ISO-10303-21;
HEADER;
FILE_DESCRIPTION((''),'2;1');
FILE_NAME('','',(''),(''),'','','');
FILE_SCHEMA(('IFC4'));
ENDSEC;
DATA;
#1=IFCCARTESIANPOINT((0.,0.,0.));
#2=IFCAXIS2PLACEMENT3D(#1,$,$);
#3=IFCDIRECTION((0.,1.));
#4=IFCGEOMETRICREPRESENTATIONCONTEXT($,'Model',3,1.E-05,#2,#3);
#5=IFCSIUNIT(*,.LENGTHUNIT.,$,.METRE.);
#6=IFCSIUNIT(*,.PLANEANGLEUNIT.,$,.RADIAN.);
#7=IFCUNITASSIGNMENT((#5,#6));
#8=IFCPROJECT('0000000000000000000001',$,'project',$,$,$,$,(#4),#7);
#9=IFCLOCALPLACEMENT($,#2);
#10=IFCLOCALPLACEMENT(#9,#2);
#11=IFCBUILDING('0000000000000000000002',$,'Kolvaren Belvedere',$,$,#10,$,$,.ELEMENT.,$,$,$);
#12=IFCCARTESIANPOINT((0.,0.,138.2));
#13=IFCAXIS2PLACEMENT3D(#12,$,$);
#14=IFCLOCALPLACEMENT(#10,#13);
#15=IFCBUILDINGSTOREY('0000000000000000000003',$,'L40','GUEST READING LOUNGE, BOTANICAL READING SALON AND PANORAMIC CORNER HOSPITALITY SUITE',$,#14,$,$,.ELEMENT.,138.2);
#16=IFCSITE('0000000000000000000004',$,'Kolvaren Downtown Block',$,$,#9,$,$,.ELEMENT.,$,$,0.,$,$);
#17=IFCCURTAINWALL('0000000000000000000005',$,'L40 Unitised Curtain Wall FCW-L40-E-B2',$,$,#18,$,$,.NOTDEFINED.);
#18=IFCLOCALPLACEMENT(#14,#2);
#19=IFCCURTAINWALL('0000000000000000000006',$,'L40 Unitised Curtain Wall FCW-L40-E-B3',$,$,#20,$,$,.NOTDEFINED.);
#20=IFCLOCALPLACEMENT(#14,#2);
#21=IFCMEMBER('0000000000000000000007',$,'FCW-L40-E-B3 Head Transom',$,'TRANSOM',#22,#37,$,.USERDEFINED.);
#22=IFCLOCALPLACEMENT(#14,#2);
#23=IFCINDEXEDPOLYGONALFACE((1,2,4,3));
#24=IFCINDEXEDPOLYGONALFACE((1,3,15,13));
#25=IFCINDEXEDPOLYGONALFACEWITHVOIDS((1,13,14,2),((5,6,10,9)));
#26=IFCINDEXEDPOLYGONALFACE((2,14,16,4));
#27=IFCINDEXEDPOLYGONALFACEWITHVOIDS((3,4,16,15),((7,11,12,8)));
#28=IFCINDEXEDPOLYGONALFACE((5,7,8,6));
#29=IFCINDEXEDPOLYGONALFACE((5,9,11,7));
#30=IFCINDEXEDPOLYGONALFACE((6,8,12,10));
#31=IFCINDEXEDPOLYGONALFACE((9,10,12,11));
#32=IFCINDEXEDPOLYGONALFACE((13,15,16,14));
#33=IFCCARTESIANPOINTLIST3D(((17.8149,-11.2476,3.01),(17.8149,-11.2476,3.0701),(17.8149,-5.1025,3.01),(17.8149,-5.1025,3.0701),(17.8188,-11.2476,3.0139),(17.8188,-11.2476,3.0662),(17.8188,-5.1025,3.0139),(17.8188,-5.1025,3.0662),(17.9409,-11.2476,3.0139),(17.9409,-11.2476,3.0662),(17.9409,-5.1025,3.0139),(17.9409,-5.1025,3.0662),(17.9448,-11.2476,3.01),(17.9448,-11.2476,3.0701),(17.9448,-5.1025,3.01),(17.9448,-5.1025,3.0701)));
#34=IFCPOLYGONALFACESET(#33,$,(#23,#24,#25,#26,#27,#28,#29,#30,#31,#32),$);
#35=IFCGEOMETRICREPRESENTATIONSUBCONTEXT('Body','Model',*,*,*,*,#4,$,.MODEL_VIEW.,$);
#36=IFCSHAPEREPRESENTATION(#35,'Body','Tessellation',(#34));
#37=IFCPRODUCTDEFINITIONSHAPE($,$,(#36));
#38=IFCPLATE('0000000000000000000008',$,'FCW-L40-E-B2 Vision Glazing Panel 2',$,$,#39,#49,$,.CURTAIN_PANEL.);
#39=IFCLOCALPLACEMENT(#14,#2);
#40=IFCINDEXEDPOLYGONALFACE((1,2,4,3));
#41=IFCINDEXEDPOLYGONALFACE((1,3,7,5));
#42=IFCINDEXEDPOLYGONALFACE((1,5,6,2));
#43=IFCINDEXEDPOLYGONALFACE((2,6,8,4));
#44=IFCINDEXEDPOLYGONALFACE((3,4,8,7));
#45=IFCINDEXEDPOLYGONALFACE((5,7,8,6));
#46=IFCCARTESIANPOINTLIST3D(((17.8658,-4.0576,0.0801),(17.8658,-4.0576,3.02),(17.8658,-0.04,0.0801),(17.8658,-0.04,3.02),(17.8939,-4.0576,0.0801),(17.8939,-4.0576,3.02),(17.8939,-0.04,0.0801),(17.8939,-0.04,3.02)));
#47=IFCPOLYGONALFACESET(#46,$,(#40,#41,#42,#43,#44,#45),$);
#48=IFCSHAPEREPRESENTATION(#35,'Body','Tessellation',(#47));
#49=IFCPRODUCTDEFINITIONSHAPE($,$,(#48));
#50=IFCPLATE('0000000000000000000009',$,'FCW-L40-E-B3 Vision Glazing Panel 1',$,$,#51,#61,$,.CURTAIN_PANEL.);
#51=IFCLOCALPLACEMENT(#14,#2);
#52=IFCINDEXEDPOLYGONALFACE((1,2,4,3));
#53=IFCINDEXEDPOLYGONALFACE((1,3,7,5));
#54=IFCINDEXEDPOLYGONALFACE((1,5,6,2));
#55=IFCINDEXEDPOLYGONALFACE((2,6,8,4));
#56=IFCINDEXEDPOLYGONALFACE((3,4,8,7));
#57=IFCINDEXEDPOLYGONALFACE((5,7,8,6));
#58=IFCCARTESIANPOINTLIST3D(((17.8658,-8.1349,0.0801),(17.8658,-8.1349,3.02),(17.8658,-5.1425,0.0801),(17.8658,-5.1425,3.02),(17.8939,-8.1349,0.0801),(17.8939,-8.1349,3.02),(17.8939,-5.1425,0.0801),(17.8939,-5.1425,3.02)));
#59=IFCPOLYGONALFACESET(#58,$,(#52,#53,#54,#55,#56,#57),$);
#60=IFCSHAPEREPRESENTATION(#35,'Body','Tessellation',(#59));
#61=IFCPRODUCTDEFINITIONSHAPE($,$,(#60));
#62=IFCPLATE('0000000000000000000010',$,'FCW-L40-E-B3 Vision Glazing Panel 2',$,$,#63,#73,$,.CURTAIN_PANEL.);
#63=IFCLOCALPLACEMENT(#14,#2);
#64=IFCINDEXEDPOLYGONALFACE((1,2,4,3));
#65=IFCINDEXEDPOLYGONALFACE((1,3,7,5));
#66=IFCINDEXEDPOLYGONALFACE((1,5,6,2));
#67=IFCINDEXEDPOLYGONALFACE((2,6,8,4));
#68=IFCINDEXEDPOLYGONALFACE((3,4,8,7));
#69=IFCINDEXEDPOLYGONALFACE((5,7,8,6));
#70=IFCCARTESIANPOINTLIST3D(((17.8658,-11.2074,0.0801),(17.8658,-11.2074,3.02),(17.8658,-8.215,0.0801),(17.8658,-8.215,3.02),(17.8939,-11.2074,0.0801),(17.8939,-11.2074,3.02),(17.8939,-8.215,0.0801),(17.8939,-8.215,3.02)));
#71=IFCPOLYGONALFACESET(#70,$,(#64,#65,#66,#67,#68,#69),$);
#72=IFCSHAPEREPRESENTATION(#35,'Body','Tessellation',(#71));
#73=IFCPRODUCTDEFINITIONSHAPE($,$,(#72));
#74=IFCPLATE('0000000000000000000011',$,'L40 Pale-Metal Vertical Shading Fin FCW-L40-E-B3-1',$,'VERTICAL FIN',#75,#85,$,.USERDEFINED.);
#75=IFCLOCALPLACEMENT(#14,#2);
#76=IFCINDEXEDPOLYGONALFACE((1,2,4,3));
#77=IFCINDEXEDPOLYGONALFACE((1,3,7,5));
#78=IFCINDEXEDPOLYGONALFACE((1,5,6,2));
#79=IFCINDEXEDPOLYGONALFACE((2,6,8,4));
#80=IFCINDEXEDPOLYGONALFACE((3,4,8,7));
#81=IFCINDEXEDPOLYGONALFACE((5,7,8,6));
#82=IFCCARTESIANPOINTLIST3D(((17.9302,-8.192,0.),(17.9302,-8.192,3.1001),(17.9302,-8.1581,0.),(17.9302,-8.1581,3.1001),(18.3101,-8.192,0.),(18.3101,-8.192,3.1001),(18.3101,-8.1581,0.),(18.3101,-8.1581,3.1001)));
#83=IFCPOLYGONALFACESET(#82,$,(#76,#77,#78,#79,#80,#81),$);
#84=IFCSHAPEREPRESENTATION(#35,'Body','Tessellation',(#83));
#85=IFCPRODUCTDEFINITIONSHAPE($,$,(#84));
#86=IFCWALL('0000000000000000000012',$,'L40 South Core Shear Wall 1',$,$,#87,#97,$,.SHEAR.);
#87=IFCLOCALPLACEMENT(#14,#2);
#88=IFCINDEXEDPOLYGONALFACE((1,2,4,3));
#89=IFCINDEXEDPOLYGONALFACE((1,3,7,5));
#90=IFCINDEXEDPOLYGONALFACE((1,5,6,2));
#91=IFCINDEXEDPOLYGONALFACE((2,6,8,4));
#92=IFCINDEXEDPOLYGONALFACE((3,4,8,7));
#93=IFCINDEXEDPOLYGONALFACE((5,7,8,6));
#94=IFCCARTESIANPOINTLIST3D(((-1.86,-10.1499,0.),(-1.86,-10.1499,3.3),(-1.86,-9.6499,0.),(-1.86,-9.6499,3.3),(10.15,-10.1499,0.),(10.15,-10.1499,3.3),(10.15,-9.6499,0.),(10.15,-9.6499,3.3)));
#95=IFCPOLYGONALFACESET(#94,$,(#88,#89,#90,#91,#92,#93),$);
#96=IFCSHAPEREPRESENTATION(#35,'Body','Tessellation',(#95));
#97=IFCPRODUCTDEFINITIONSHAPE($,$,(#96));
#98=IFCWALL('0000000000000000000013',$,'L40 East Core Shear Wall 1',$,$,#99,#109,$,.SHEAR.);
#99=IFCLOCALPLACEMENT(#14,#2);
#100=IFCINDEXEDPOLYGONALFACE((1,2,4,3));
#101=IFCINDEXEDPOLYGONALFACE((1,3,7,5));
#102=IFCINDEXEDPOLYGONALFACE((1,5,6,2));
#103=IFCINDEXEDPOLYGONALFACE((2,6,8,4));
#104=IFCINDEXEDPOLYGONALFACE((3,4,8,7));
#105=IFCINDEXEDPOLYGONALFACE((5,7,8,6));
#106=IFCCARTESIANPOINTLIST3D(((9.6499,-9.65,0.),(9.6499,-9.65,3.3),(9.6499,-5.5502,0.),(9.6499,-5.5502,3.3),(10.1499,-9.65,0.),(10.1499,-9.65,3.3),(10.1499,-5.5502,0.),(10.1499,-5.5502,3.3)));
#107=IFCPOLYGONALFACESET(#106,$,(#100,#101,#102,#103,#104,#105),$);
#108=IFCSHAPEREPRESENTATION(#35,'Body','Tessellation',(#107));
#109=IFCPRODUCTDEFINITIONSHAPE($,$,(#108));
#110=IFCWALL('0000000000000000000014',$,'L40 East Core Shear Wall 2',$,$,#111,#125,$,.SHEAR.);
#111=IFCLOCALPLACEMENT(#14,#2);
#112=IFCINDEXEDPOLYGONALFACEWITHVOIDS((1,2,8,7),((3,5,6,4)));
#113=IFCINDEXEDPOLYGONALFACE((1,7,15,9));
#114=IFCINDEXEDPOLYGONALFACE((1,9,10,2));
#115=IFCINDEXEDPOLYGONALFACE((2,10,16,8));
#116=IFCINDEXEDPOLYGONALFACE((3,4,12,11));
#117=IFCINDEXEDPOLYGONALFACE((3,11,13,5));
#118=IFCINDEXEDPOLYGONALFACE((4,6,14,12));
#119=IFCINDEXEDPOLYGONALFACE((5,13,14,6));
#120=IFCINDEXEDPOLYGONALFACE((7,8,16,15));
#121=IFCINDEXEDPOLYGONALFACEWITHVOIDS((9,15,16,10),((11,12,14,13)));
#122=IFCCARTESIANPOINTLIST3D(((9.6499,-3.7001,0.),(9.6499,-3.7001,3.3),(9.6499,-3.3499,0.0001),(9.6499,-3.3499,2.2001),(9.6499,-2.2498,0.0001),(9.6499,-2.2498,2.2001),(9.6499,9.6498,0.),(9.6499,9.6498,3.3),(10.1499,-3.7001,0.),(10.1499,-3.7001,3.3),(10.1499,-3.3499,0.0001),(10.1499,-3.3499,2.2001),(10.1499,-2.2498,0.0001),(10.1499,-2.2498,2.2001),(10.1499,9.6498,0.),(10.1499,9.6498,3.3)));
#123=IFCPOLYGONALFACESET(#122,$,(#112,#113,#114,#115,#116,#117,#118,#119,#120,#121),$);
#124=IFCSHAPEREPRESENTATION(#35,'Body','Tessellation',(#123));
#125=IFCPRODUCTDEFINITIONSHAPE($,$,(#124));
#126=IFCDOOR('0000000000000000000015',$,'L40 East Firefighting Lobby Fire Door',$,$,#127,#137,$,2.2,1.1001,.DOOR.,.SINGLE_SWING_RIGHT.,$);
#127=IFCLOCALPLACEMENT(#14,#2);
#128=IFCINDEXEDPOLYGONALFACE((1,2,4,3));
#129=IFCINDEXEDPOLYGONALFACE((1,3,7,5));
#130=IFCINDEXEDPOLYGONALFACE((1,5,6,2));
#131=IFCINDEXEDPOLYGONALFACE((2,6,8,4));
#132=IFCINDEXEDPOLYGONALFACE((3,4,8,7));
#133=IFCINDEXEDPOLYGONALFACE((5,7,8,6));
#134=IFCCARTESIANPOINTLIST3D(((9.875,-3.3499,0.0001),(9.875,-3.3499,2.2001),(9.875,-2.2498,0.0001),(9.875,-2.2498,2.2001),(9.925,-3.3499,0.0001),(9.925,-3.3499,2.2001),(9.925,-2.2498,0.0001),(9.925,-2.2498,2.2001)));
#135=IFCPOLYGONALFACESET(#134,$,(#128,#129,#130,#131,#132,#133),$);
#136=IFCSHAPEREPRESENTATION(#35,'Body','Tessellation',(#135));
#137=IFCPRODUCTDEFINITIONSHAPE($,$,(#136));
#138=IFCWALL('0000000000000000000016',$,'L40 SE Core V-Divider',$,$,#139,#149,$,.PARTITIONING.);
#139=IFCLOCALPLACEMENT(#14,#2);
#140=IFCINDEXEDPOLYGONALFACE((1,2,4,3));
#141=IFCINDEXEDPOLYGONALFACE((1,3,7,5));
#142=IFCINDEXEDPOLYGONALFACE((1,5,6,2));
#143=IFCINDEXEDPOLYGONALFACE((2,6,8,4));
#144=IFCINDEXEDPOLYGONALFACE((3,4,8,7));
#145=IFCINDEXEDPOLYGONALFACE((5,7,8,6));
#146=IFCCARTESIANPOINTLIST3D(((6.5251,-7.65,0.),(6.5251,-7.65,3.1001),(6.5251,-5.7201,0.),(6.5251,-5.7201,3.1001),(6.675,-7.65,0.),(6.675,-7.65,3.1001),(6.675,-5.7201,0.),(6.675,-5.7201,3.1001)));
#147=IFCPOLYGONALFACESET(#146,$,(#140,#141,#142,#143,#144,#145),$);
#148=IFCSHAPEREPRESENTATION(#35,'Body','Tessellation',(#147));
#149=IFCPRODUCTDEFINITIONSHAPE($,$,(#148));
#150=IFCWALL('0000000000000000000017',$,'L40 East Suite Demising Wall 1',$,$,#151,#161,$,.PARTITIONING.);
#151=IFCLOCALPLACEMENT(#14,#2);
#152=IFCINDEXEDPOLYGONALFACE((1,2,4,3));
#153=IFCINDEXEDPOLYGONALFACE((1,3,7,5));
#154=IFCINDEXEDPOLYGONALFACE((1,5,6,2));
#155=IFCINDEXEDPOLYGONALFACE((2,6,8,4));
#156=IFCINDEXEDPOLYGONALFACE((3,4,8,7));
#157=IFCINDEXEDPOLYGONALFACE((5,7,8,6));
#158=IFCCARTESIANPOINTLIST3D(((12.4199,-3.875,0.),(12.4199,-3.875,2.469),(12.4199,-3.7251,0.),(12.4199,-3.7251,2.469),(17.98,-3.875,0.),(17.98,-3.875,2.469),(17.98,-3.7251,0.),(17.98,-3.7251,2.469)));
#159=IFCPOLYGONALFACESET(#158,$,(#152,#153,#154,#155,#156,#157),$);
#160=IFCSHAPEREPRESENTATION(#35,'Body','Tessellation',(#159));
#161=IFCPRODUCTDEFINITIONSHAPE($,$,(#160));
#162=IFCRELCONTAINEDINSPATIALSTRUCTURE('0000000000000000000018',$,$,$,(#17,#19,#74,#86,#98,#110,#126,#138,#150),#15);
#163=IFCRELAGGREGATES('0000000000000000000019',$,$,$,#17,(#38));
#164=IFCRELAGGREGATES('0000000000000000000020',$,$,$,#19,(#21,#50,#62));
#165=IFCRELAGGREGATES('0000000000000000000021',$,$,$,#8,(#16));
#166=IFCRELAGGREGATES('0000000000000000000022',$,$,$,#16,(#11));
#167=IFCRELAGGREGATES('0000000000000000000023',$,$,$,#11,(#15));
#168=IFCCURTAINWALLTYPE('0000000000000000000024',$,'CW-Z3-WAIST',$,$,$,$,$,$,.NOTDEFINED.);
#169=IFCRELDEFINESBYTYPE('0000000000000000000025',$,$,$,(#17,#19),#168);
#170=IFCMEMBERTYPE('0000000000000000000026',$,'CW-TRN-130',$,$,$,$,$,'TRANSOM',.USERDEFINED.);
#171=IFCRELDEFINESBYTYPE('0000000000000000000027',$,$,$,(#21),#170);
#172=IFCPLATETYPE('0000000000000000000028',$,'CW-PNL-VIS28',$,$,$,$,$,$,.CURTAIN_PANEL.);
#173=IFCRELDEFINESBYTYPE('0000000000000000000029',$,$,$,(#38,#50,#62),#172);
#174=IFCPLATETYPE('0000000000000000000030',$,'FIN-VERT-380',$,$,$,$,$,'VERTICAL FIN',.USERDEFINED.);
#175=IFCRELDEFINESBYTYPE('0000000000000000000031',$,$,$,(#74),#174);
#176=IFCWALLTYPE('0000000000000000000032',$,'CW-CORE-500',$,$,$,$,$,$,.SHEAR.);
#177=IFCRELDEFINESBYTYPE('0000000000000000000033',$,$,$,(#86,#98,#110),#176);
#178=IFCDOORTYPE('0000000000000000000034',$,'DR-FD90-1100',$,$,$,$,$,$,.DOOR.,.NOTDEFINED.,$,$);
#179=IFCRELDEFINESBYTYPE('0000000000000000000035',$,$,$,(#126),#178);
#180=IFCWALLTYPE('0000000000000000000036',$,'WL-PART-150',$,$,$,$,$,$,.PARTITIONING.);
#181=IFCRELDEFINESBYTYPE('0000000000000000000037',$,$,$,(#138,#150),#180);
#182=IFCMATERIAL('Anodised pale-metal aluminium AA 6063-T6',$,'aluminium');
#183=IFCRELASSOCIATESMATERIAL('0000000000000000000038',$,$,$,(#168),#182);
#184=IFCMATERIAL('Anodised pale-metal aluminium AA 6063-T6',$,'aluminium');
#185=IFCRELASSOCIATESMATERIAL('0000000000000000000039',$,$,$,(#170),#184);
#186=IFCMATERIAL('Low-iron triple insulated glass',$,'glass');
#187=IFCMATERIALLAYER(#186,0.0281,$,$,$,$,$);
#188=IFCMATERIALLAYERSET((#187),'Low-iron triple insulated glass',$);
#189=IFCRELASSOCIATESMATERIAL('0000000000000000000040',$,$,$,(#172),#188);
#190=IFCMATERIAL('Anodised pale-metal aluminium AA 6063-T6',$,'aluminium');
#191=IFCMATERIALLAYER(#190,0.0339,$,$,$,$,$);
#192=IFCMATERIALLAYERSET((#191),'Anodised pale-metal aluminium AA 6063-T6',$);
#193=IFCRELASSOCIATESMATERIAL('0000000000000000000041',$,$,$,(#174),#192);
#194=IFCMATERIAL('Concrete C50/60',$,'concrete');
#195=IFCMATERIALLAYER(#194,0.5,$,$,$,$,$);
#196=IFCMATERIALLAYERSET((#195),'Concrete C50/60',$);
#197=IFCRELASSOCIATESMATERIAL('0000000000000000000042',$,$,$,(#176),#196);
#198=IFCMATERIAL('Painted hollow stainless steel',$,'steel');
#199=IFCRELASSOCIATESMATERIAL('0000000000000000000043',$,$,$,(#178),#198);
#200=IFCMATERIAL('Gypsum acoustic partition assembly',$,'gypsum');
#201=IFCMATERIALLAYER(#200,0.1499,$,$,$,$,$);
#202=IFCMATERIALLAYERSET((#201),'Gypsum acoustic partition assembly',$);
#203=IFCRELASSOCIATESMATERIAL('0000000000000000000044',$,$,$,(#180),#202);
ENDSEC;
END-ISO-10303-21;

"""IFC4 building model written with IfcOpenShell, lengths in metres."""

from ifc_helpers import new_model, si_unit, direction, frame, frame_2d, origin, origin_2d, place, context, subcontext, project, spatial, rectangle, hollow_rectangle, extrude, material, layer, layer_set, material_profile, profile_set, type_object, element, fill, aggregate, save


model = new_model("IFC4")

# Units and contexts
model_context = context("Model", 3, precision=1e-05, world=origin(), true_north=direction((0.0, 1.0)))
body_context = subcontext(model_context, "Body", "Model", "MODEL_VIEW")
ifc_project = project(units=[si_unit("LENGTHUNIT", "METRE"), si_unit("PLANEANGLEUNIT", "RADIAN")], contexts=[model_context])

# Site, building, storey
site_placement = place(None, origin())
site = spatial("IfcSite", under=ifc_project, at=site_placement, Name="Kolvaren Downtown Block", CompositionType="ELEMENT", RefElevation=0.0)
building_placement = place(site_placement, origin())
building = spatial("IfcBuilding", under=site, at=building_placement, Name="Kolvaren Belvedere", CompositionType="ELEMENT")
storey_placement = place(building_placement, frame((0.0, 0.0, 138.2)))
storey = spatial("IfcBuildingStorey", under=building, at=storey_placement, Name="L40", Description="GUEST READING LOUNGE, BOTANICAL READING SALON AND PANORAMIC CORNER HOSPITALITY SUITE", CompositionType="ELEMENT", Elevation=138.2)

# Curtain wall
ifc_material_1 = material(Name="Anodised pale-metal aluminium AA 6063-T6", Category="aluminium")
curtain_wall_type = type_object("IfcCurtainWallType", Name="CW-Z3-WAIST", PredefinedType="NOTDEFINED", material=ifc_material_1)
curtain_wall_1_placement = place(storey_placement, origin())
curtain_wall_1 = element("IfcCurtainWall", 1, at=curtain_wall_1_placement, inside=storey, type_object=curtain_wall_type, Name="L40 Unitised Curtain Wall FCW-L40-E-B2", PredefinedType="NOTDEFINED")

# Curtain wall, member
curtain_wall_2_placement = place(storey_placement, origin())
curtain_wall_2 = element("IfcCurtainWall", 2, at=curtain_wall_2_placement, inside=storey, type_object=curtain_wall_type, Name="L40 Unitised Curtain Wall FCW-L40-E-B3", PredefinedType="NOTDEFINED")
ifc_material_2 = material(Name="Anodised pale-metal aluminium AA 6063-T6", Category="aluminium")
ifc_material_profile_1 = material_profile(ifc_material_2, hollow_rectangle(XDim=0.0601, YDim=0.1299, WallThickness=0.0039, at=origin_2d()), Name="ALU-TRN-130X60")
ifc_profile_set_1 = profile_set([ifc_material_profile_1], Name="Anodised pale-metal aluminium AA 6063-T6")
member_type_1 = type_object("IfcMemberType", Name="CW-TRN-130", ElementType="TRANSOM", PredefinedType="USERDEFINED", material=ifc_profile_set_1)
member_1_placement = place(storey_placement, frame((17.8799, -5.1025, 3.04), z_axis=(0.0, -1.0, 0.0), x_axis=(0.0, 0.0, 1.0)))
member_1 = element("IfcMember", 3, at=member_1_placement, type_object=member_type_1, Name="FCW-L40-E-B3 Head Transom", ObjectType="TRANSOM", PredefinedType="USERDEFINED", context=body_context, shape_type="SweptSolid", body=[
    extrude(hollow_rectangle(XDim=0.0601, YDim=0.1299, WallThickness=0.0039, at=origin_2d()), origin(), (0.0, 0.0, 1.0), 6.145),
])

# Plates
ifc_material_3 = material(Name="Low-iron triple insulated glass", Category="glass")
ifc_layer_1 = layer(ifc_material_3, 0.0281)
ifc_layer_set_1 = layer_set([ifc_layer_1], Name="Low-iron triple insulated glass")
plate_type_1 = type_object("IfcPlateType", Name="CW-PNL-VIS28", PredefinedType="CURTAIN_PANEL", material=ifc_layer_set_1)
plate_1_placement = place(storey_placement, frame((17.8799, -2.0488, 0.0801), z_axis=(0.0, 0.0, 1.0), x_axis=(0.0, -1.0, 0.0)))
plate_1 = element("IfcPlate", 4, at=plate_1_placement, type_object=plate_type_1, Name="FCW-L40-E-B2 Vision Glazing Panel 2", PredefinedType="CURTAIN_PANEL", context=body_context, shape_type="SweptSolid", body=[
    extrude(rectangle(XDim=4.0176, YDim=0.0281, at=origin_2d()), origin(), (0.0, 0.0, 1.0), 2.9399),
])
aggregate(curtain_wall_1, [plate_1])
plate_2_placement = place(storey_placement, frame((17.8799, -6.6387, 0.0801), z_axis=(0.0, 0.0, 1.0), x_axis=(0.0, -1.0, 0.0)))
plate_2 = element("IfcPlate", 5, at=plate_2_placement, type_object=plate_type_1, Name="FCW-L40-E-B3 Vision Glazing Panel 1", PredefinedType="CURTAIN_PANEL", context=body_context, shape_type="SweptSolid", body=[
    extrude(rectangle(XDim=2.9924, YDim=0.0281, at=origin_2d()), origin(), (0.0, 0.0, 1.0), 2.9399),
])
plate_3_placement = place(storey_placement, frame((17.8799, -9.7112, 0.0801), z_axis=(0.0, 0.0, 1.0), x_axis=(0.0, -1.0, 0.0)))
plate_3 = element("IfcPlate", 6, at=plate_3_placement, type_object=plate_type_1, Name="FCW-L40-E-B3 Vision Glazing Panel 2", PredefinedType="CURTAIN_PANEL", context=body_context, shape_type="SweptSolid", body=[
    extrude(rectangle(XDim=2.9924, YDim=0.0281, at=origin_2d()), origin(), (0.0, 0.0, 1.0), 2.9399),
])
aggregate(curtain_wall_2, [member_1, plate_2, plate_3])
ifc_material_4 = material(Name="Anodised pale-metal aluminium AA 6063-T6", Category="aluminium")
ifc_layer_2 = layer(ifc_material_4, 0.0339)
ifc_layer_set_2 = layer_set([ifc_layer_2], Name="Anodised pale-metal aluminium AA 6063-T6")
plate_type_2 = type_object("IfcPlateType", Name="FIN-VERT-380", ElementType="VERTICAL FIN", PredefinedType="USERDEFINED", material=ifc_layer_set_2)
plate_4_placement = place(storey_placement, frame((18.1201, -8.175, 0.0), z_axis=(0.0, 0.0, 1.0), x_axis=(1.0, 0.0, 0.0)))
element("IfcPlate", 7, at=plate_4_placement, inside=storey, type_object=plate_type_2, Name="L40 Pale-Metal Vertical Shading Fin FCW-L40-E-B3-1", ObjectType="VERTICAL FIN", PredefinedType="USERDEFINED", context=body_context, shape_type="SweptSolid", body=[
    extrude(rectangle(XDim=0.3799, YDim=0.0339, at=origin_2d()), origin(), (0.0, 0.0, 1.0), 3.1001),
])

# Walls
ifc_material_5 = material(Name="Concrete C50/60", Category="concrete")
ifc_layer_3 = layer(ifc_material_5, 0.5)
ifc_layer_set_3 = layer_set([ifc_layer_3], Name="Concrete C50/60")
wall_type_1 = type_object("IfcWallType", Name="CW-CORE-500", PredefinedType="SHEAR", material=ifc_layer_set_3)
wall_1_placement = place(storey_placement, frame((10.1499, -9.8999, 0.0), z_axis=(0.0, 0.0, 1.0), x_axis=(-1.0, 0.0, 0.0)))
element("IfcWall", 8, at=wall_1_placement, inside=storey, type_object=wall_type_1, Name="L40 South Core Shear Wall 1", PredefinedType="SHEAR", context=body_context, shape_type="SweptSolid", body=[
    extrude(rectangle(XDim=12.01, YDim=0.5, at=frame_2d((6.0049, 0.0))), origin(), (0.0, 0.0, 1.0), 3.3),
])
wall_2_placement = place(storey_placement, frame((9.8999, -9.6499, 0.0), z_axis=(0.0, 0.0, 1.0), x_axis=(0.0, 1.0, 0.0)))
element("IfcWall", 9, at=wall_2_placement, inside=storey, type_object=wall_type_1, Name="L40 East Core Shear Wall 1", PredefinedType="SHEAR", context=body_context, shape_type="SweptSolid", body=[
    extrude(rectangle(XDim=4.0999, YDim=0.5, at=frame_2d((2.0498, 0.0))), origin(), (0.0, 0.0, 1.0), 3.3),
])

# Wall, opening, door
wall_3_placement = place(storey_placement, frame((9.8999, -3.7, 0.0), z_axis=(0.0, 0.0, 1.0), x_axis=(0.0, 1.0, 0.0)))
wall_3 = element("IfcWall", 10, at=wall_3_placement, inside=storey, type_object=wall_type_1, Name="L40 East Core Shear Wall 2", PredefinedType="SHEAR", context=body_context, shape_type="SweptSolid", body=[
    extrude(rectangle(XDim=13.3499, YDim=0.5, at=frame_2d((6.6748, 0.0))), origin(), (0.0, 0.0, 1.0), 3.3),
])
opening_1_placement = place(wall_3_placement, frame((0.3501, 0.0, 0.0)))
opening_1 = element("IfcOpeningElement", 11, at=opening_1_placement, cuts=wall_3, PredefinedType="OPENING", context=body_context, shape_type="SweptSolid", body=[
    extrude(rectangle(XDim=1.1001, YDim=2.2, at=frame_2d((0.55, 1.1001))), frame((0.0, 0.26, 0.0), z_axis=(0.0, -1.0, 0.0), x_axis=(1.0, 0.0, 0.0)), (0.0, 0.0, 1.0), 0.52),
])
ifc_material_6 = material(Name="Painted hollow stainless steel", Category="steel")
door_type_1 = type_object("IfcDoorType", Name="DR-FD90-1100", OperationType="NOTDEFINED", PredefinedType="DOOR", material=ifc_material_6)
door_1_placement = place(opening_1_placement, origin())
door_1 = element("IfcDoor", 12, at=door_1_placement, inside=storey, type_object=door_type_1, Name="L40 East Firefighting Lobby Fire Door", OperationType="SINGLE_SWING_RIGHT", OverallHeight=2.2, OverallWidth=1.1001, PredefinedType="DOOR", context=body_context, shape_type="SweptSolid", body=[
    extrude(rectangle(XDim=1.1001, YDim=2.2, at=frame_2d((0.55, 1.1001))), frame((0.0, 0.0249, 0.0), z_axis=(0.0, -1.0, 0.0), x_axis=(1.0, 0.0, 0.0)), (0.0, 0.0, 1.0), 0.05),
])
fill(opening_1, door_1)

# Walls
ifc_material_7 = material(Name="Gypsum acoustic partition assembly", Category="gypsum")
ifc_layer_4 = layer(ifc_material_7, 0.1499)
ifc_layer_set_4 = layer_set([ifc_layer_4], Name="Gypsum acoustic partition assembly")
wall_type_2 = type_object("IfcWallType", Name="WL-PART-150", PredefinedType="PARTITIONING", material=ifc_layer_set_4)
wall_4_placement = place(storey_placement, frame((6.6001, -7.6499, 0.0), z_axis=(0.0, 0.0, 1.0), x_axis=(0.0, 1.0, 0.0)))
element("IfcWall", 13, at=wall_4_placement, inside=storey, type_object=wall_type_2, Name="L40 SE Core V-Divider", PredefinedType="PARTITIONING", context=body_context, shape_type="SweptSolid", body=[
    extrude(rectangle(XDim=1.9299, YDim=0.1499, at=frame_2d((0.9648, 0.0))), origin(), (0.0, 0.0, 1.0), 3.1001),
])
wall_5_placement = place(storey_placement, frame((12.4199, -3.8, 0.0), z_axis=(0.0, 0.0, 1.0), x_axis=(1.0, 0.0, 0.0)))
element("IfcWall", 14, at=wall_5_placement, inside=storey, type_object=wall_type_2, Name="L40 East Suite Demising Wall 1", PredefinedType="PARTITIONING", context=body_context, shape_type="SweptSolid", body=[
    extrude(rectangle(XDim=5.5601, YDim=0.1499, at=frame_2d((2.78, 0.0))), origin(), (0.0, 0.0, 1.0), 2.469),
])

save(model, "model.ifc")
